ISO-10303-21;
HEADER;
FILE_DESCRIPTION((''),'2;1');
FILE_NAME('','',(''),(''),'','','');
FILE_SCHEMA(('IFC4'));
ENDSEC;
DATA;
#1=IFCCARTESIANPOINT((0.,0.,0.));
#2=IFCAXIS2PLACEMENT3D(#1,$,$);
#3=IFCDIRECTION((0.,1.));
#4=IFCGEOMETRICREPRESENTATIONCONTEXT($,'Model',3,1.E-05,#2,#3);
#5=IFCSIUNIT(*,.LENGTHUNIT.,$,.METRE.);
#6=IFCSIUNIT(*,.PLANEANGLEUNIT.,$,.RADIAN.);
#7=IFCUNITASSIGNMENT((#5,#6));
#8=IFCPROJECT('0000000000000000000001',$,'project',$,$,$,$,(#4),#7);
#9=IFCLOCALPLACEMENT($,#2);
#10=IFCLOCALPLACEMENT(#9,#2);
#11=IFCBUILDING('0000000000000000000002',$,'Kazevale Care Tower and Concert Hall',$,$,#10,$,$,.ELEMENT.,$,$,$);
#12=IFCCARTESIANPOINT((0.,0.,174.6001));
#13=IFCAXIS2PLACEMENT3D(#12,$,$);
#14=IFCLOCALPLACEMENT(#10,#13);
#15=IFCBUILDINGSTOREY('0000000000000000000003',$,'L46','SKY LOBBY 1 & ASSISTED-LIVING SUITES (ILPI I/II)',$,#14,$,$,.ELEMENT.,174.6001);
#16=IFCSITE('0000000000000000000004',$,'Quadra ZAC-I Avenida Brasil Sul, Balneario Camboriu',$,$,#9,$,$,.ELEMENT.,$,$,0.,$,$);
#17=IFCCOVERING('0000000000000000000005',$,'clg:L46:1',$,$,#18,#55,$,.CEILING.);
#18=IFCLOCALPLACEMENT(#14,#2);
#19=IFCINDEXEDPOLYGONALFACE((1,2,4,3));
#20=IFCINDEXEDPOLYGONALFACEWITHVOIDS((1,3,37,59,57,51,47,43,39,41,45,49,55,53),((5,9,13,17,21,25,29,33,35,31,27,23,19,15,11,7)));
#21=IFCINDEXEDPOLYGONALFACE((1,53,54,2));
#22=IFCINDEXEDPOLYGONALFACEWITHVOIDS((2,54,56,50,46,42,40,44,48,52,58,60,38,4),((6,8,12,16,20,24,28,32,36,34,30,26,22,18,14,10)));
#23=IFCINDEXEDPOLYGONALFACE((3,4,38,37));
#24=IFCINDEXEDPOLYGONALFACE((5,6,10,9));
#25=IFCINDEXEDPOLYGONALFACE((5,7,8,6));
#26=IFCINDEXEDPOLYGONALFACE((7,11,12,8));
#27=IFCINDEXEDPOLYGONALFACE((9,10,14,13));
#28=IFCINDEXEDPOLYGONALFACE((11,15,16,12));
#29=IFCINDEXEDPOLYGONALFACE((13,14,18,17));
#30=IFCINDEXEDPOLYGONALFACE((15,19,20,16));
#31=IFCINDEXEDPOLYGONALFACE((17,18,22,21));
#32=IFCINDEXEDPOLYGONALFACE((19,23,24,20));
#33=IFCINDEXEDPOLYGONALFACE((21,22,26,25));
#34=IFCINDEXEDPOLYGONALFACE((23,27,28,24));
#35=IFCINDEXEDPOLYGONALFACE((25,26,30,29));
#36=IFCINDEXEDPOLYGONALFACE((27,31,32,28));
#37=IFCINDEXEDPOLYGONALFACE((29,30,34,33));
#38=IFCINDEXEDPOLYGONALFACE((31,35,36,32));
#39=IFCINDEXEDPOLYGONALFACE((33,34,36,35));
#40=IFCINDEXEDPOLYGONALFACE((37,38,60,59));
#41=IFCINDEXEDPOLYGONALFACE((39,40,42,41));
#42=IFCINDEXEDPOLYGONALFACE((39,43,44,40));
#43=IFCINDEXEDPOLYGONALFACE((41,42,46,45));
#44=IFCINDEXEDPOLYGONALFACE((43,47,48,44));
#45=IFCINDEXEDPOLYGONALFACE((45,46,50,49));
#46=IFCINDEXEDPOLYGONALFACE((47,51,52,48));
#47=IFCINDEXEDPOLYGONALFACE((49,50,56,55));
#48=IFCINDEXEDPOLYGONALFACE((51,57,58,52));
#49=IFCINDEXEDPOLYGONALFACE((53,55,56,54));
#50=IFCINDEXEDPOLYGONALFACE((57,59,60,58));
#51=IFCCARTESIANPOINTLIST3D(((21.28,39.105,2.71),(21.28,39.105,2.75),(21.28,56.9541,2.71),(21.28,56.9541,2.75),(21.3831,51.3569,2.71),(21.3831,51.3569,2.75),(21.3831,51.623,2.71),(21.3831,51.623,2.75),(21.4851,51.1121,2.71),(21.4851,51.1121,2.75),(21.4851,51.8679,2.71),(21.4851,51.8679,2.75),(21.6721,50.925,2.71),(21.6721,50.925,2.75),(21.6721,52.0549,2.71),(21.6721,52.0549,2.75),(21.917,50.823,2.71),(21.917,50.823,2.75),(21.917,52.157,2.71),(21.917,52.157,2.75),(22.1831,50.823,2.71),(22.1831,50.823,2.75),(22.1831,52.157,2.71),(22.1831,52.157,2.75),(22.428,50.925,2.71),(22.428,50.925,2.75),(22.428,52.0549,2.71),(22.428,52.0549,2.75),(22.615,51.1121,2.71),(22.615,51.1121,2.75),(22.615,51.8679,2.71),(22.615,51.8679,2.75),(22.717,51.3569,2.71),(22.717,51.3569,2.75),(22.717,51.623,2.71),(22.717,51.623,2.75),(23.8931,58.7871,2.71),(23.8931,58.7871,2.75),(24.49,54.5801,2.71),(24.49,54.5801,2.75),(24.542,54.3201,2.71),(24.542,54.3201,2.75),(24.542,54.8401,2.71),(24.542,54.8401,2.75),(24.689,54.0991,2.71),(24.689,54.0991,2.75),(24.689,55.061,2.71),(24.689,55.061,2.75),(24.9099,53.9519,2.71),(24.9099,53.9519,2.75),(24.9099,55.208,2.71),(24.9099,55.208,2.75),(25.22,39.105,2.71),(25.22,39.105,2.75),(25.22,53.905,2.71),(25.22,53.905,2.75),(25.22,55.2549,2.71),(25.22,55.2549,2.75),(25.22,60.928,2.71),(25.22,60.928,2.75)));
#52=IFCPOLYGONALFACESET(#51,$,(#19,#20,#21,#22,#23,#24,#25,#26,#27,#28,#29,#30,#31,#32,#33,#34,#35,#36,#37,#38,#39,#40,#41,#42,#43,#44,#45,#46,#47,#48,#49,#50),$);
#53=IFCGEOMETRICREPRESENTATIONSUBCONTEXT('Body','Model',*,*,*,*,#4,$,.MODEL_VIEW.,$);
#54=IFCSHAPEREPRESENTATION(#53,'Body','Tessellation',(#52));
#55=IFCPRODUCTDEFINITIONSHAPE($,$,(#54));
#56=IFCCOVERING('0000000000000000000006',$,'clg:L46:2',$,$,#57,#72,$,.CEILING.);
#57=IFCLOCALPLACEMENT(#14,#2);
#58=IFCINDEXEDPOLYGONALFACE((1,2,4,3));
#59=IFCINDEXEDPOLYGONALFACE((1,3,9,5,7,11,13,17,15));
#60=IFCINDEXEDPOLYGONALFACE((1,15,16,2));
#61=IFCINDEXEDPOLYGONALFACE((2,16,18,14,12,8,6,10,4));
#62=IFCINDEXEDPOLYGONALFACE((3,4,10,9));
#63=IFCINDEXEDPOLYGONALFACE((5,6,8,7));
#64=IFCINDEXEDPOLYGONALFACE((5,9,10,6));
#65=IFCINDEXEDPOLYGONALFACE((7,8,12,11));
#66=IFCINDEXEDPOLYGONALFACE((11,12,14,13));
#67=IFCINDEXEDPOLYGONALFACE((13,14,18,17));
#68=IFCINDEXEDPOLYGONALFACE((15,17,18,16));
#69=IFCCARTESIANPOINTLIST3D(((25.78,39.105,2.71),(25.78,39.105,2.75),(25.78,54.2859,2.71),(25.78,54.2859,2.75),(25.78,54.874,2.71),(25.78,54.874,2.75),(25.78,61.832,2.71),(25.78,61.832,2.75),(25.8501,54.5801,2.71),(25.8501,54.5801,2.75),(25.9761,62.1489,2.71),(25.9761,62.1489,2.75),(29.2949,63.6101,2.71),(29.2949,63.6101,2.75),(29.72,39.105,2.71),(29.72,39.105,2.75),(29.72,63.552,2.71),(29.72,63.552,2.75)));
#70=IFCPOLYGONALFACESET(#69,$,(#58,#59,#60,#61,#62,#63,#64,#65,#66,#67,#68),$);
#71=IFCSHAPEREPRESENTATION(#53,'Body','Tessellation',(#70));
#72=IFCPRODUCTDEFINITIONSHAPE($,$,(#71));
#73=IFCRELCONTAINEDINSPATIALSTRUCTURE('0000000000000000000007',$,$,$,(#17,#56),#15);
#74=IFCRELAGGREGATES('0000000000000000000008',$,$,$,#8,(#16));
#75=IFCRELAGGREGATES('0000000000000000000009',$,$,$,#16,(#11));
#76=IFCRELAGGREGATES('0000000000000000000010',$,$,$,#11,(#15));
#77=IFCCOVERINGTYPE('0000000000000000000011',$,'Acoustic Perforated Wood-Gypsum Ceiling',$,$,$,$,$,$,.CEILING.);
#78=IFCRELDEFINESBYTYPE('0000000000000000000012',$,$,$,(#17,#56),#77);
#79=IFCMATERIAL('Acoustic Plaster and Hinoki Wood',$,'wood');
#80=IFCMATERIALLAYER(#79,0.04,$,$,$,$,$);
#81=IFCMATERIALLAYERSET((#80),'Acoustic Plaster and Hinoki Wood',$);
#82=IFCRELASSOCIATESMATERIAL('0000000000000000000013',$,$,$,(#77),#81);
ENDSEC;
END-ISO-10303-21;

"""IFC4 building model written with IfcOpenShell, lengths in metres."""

from ifc_helpers import new_model, si_unit, direction, frame, origin, place, context, subcontext, project, spatial, polyline, outline, extrude, material, layer, layer_set, type_object, element, save


model = new_model("IFC4")

# Units and contexts
model_context = context("Model", 3, precision=1e-05, world=origin(), true_north=direction((0.0, 1.0)))
body_context = subcontext(model_context, "Body", "Model", "MODEL_VIEW")
ifc_project = project(units=[si_unit("LENGTHUNIT", "METRE"), si_unit("PLANEANGLEUNIT", "RADIAN")], contexts=[model_context])

# Site, building, storey
site_placement = place(None, origin())
site = spatial("IfcSite", under=ifc_project, at=site_placement, Name="Quadra ZAC-I Avenida Brasil Sul, Balneario Camboriu", CompositionType="ELEMENT", RefElevation=0.0)
building_placement = place(site_placement, origin())
building = spatial("IfcBuilding", under=site, at=building_placement, Name="Kazevale Care Tower and Concert Hall", CompositionType="ELEMENT")
storey_placement = place(building_placement, frame((0.0, 0.0, 174.6001)))
storey = spatial("IfcBuildingStorey", under=building, at=storey_placement, Name="L46", Description="SKY LOBBY 1 & ASSISTED-LIVING SUITES (ILPI I/II)", CompositionType="ELEMENT", Elevation=174.6001)

# Coverings
ifc_material_1 = material(Name="Acoustic Plaster and Hinoki Wood", Category="wood")
ifc_layer_1 = layer(ifc_material_1, 0.04)
ifc_layer_set_1 = layer_set([ifc_layer_1], Name="Acoustic Plaster and Hinoki Wood")
covering_type = type_object("IfcCoveringType", Name="Acoustic Perforated Wood-Gypsum Ceiling", PredefinedType="CEILING", material=ifc_layer_set_1)
covering_1_placement = place(storey_placement, frame((0.0, 0.0, 2.71)))
element("IfcCovering", 1, at=covering_1_placement, inside=storey, type_object=covering_type, Name="clg:L46:1", PredefinedType="CEILING", context=body_context, shape_type="SweptSolid", body=[
    extrude(outline(polyline([(25.22, 55.2549), (24.9099, 55.208), (24.689, 55.061), (24.542, 54.8401), (24.49, 54.5801), (24.542, 54.3201), (24.689, 54.0991), (24.9099, 53.9519), (25.22, 53.905), (25.22, 39.105), (21.28, 39.105), (21.28, 56.9541), (23.8931, 58.7871), (25.22, 60.928), (25.22, 55.2549)]), holes=[polyline([(22.717, 51.623), (22.615, 51.8679), (22.428, 52.0549), (22.1831, 52.157), (21.917, 52.157), (21.6721, 52.0549), (21.4851, 51.8679), (21.3831, 51.623), (21.3831, 51.3569), (21.4851, 51.1121), (21.6721, 50.925), (21.917, 50.823), (22.1831, 50.823), (22.428, 50.925), (22.615, 51.1121), (22.717, 51.3569), (22.717, 51.623)])]), origin(), (0.0, 0.0, 1.0), 0.04),
])
covering_2_placement = place(storey_placement, frame((0.0, 0.0, 2.71)))
element("IfcCovering", 2, at=covering_2_placement, inside=storey, type_object=covering_type, Name="clg:L46:2", PredefinedType="CEILING", context=body_context, shape_type="SweptSolid", body=[
    extrude(outline(polyline([(29.72, 39.105), (25.78, 39.105), (25.78, 54.2859), (25.8501, 54.5801), (25.78, 54.874), (25.78, 61.832), (25.9761, 62.1489), (29.2949, 63.6101), (29.72, 63.552), (29.72, 39.105)])), origin(), (0.0, 0.0, 1.0), 0.04),
])

save(model, "model.ifc")
